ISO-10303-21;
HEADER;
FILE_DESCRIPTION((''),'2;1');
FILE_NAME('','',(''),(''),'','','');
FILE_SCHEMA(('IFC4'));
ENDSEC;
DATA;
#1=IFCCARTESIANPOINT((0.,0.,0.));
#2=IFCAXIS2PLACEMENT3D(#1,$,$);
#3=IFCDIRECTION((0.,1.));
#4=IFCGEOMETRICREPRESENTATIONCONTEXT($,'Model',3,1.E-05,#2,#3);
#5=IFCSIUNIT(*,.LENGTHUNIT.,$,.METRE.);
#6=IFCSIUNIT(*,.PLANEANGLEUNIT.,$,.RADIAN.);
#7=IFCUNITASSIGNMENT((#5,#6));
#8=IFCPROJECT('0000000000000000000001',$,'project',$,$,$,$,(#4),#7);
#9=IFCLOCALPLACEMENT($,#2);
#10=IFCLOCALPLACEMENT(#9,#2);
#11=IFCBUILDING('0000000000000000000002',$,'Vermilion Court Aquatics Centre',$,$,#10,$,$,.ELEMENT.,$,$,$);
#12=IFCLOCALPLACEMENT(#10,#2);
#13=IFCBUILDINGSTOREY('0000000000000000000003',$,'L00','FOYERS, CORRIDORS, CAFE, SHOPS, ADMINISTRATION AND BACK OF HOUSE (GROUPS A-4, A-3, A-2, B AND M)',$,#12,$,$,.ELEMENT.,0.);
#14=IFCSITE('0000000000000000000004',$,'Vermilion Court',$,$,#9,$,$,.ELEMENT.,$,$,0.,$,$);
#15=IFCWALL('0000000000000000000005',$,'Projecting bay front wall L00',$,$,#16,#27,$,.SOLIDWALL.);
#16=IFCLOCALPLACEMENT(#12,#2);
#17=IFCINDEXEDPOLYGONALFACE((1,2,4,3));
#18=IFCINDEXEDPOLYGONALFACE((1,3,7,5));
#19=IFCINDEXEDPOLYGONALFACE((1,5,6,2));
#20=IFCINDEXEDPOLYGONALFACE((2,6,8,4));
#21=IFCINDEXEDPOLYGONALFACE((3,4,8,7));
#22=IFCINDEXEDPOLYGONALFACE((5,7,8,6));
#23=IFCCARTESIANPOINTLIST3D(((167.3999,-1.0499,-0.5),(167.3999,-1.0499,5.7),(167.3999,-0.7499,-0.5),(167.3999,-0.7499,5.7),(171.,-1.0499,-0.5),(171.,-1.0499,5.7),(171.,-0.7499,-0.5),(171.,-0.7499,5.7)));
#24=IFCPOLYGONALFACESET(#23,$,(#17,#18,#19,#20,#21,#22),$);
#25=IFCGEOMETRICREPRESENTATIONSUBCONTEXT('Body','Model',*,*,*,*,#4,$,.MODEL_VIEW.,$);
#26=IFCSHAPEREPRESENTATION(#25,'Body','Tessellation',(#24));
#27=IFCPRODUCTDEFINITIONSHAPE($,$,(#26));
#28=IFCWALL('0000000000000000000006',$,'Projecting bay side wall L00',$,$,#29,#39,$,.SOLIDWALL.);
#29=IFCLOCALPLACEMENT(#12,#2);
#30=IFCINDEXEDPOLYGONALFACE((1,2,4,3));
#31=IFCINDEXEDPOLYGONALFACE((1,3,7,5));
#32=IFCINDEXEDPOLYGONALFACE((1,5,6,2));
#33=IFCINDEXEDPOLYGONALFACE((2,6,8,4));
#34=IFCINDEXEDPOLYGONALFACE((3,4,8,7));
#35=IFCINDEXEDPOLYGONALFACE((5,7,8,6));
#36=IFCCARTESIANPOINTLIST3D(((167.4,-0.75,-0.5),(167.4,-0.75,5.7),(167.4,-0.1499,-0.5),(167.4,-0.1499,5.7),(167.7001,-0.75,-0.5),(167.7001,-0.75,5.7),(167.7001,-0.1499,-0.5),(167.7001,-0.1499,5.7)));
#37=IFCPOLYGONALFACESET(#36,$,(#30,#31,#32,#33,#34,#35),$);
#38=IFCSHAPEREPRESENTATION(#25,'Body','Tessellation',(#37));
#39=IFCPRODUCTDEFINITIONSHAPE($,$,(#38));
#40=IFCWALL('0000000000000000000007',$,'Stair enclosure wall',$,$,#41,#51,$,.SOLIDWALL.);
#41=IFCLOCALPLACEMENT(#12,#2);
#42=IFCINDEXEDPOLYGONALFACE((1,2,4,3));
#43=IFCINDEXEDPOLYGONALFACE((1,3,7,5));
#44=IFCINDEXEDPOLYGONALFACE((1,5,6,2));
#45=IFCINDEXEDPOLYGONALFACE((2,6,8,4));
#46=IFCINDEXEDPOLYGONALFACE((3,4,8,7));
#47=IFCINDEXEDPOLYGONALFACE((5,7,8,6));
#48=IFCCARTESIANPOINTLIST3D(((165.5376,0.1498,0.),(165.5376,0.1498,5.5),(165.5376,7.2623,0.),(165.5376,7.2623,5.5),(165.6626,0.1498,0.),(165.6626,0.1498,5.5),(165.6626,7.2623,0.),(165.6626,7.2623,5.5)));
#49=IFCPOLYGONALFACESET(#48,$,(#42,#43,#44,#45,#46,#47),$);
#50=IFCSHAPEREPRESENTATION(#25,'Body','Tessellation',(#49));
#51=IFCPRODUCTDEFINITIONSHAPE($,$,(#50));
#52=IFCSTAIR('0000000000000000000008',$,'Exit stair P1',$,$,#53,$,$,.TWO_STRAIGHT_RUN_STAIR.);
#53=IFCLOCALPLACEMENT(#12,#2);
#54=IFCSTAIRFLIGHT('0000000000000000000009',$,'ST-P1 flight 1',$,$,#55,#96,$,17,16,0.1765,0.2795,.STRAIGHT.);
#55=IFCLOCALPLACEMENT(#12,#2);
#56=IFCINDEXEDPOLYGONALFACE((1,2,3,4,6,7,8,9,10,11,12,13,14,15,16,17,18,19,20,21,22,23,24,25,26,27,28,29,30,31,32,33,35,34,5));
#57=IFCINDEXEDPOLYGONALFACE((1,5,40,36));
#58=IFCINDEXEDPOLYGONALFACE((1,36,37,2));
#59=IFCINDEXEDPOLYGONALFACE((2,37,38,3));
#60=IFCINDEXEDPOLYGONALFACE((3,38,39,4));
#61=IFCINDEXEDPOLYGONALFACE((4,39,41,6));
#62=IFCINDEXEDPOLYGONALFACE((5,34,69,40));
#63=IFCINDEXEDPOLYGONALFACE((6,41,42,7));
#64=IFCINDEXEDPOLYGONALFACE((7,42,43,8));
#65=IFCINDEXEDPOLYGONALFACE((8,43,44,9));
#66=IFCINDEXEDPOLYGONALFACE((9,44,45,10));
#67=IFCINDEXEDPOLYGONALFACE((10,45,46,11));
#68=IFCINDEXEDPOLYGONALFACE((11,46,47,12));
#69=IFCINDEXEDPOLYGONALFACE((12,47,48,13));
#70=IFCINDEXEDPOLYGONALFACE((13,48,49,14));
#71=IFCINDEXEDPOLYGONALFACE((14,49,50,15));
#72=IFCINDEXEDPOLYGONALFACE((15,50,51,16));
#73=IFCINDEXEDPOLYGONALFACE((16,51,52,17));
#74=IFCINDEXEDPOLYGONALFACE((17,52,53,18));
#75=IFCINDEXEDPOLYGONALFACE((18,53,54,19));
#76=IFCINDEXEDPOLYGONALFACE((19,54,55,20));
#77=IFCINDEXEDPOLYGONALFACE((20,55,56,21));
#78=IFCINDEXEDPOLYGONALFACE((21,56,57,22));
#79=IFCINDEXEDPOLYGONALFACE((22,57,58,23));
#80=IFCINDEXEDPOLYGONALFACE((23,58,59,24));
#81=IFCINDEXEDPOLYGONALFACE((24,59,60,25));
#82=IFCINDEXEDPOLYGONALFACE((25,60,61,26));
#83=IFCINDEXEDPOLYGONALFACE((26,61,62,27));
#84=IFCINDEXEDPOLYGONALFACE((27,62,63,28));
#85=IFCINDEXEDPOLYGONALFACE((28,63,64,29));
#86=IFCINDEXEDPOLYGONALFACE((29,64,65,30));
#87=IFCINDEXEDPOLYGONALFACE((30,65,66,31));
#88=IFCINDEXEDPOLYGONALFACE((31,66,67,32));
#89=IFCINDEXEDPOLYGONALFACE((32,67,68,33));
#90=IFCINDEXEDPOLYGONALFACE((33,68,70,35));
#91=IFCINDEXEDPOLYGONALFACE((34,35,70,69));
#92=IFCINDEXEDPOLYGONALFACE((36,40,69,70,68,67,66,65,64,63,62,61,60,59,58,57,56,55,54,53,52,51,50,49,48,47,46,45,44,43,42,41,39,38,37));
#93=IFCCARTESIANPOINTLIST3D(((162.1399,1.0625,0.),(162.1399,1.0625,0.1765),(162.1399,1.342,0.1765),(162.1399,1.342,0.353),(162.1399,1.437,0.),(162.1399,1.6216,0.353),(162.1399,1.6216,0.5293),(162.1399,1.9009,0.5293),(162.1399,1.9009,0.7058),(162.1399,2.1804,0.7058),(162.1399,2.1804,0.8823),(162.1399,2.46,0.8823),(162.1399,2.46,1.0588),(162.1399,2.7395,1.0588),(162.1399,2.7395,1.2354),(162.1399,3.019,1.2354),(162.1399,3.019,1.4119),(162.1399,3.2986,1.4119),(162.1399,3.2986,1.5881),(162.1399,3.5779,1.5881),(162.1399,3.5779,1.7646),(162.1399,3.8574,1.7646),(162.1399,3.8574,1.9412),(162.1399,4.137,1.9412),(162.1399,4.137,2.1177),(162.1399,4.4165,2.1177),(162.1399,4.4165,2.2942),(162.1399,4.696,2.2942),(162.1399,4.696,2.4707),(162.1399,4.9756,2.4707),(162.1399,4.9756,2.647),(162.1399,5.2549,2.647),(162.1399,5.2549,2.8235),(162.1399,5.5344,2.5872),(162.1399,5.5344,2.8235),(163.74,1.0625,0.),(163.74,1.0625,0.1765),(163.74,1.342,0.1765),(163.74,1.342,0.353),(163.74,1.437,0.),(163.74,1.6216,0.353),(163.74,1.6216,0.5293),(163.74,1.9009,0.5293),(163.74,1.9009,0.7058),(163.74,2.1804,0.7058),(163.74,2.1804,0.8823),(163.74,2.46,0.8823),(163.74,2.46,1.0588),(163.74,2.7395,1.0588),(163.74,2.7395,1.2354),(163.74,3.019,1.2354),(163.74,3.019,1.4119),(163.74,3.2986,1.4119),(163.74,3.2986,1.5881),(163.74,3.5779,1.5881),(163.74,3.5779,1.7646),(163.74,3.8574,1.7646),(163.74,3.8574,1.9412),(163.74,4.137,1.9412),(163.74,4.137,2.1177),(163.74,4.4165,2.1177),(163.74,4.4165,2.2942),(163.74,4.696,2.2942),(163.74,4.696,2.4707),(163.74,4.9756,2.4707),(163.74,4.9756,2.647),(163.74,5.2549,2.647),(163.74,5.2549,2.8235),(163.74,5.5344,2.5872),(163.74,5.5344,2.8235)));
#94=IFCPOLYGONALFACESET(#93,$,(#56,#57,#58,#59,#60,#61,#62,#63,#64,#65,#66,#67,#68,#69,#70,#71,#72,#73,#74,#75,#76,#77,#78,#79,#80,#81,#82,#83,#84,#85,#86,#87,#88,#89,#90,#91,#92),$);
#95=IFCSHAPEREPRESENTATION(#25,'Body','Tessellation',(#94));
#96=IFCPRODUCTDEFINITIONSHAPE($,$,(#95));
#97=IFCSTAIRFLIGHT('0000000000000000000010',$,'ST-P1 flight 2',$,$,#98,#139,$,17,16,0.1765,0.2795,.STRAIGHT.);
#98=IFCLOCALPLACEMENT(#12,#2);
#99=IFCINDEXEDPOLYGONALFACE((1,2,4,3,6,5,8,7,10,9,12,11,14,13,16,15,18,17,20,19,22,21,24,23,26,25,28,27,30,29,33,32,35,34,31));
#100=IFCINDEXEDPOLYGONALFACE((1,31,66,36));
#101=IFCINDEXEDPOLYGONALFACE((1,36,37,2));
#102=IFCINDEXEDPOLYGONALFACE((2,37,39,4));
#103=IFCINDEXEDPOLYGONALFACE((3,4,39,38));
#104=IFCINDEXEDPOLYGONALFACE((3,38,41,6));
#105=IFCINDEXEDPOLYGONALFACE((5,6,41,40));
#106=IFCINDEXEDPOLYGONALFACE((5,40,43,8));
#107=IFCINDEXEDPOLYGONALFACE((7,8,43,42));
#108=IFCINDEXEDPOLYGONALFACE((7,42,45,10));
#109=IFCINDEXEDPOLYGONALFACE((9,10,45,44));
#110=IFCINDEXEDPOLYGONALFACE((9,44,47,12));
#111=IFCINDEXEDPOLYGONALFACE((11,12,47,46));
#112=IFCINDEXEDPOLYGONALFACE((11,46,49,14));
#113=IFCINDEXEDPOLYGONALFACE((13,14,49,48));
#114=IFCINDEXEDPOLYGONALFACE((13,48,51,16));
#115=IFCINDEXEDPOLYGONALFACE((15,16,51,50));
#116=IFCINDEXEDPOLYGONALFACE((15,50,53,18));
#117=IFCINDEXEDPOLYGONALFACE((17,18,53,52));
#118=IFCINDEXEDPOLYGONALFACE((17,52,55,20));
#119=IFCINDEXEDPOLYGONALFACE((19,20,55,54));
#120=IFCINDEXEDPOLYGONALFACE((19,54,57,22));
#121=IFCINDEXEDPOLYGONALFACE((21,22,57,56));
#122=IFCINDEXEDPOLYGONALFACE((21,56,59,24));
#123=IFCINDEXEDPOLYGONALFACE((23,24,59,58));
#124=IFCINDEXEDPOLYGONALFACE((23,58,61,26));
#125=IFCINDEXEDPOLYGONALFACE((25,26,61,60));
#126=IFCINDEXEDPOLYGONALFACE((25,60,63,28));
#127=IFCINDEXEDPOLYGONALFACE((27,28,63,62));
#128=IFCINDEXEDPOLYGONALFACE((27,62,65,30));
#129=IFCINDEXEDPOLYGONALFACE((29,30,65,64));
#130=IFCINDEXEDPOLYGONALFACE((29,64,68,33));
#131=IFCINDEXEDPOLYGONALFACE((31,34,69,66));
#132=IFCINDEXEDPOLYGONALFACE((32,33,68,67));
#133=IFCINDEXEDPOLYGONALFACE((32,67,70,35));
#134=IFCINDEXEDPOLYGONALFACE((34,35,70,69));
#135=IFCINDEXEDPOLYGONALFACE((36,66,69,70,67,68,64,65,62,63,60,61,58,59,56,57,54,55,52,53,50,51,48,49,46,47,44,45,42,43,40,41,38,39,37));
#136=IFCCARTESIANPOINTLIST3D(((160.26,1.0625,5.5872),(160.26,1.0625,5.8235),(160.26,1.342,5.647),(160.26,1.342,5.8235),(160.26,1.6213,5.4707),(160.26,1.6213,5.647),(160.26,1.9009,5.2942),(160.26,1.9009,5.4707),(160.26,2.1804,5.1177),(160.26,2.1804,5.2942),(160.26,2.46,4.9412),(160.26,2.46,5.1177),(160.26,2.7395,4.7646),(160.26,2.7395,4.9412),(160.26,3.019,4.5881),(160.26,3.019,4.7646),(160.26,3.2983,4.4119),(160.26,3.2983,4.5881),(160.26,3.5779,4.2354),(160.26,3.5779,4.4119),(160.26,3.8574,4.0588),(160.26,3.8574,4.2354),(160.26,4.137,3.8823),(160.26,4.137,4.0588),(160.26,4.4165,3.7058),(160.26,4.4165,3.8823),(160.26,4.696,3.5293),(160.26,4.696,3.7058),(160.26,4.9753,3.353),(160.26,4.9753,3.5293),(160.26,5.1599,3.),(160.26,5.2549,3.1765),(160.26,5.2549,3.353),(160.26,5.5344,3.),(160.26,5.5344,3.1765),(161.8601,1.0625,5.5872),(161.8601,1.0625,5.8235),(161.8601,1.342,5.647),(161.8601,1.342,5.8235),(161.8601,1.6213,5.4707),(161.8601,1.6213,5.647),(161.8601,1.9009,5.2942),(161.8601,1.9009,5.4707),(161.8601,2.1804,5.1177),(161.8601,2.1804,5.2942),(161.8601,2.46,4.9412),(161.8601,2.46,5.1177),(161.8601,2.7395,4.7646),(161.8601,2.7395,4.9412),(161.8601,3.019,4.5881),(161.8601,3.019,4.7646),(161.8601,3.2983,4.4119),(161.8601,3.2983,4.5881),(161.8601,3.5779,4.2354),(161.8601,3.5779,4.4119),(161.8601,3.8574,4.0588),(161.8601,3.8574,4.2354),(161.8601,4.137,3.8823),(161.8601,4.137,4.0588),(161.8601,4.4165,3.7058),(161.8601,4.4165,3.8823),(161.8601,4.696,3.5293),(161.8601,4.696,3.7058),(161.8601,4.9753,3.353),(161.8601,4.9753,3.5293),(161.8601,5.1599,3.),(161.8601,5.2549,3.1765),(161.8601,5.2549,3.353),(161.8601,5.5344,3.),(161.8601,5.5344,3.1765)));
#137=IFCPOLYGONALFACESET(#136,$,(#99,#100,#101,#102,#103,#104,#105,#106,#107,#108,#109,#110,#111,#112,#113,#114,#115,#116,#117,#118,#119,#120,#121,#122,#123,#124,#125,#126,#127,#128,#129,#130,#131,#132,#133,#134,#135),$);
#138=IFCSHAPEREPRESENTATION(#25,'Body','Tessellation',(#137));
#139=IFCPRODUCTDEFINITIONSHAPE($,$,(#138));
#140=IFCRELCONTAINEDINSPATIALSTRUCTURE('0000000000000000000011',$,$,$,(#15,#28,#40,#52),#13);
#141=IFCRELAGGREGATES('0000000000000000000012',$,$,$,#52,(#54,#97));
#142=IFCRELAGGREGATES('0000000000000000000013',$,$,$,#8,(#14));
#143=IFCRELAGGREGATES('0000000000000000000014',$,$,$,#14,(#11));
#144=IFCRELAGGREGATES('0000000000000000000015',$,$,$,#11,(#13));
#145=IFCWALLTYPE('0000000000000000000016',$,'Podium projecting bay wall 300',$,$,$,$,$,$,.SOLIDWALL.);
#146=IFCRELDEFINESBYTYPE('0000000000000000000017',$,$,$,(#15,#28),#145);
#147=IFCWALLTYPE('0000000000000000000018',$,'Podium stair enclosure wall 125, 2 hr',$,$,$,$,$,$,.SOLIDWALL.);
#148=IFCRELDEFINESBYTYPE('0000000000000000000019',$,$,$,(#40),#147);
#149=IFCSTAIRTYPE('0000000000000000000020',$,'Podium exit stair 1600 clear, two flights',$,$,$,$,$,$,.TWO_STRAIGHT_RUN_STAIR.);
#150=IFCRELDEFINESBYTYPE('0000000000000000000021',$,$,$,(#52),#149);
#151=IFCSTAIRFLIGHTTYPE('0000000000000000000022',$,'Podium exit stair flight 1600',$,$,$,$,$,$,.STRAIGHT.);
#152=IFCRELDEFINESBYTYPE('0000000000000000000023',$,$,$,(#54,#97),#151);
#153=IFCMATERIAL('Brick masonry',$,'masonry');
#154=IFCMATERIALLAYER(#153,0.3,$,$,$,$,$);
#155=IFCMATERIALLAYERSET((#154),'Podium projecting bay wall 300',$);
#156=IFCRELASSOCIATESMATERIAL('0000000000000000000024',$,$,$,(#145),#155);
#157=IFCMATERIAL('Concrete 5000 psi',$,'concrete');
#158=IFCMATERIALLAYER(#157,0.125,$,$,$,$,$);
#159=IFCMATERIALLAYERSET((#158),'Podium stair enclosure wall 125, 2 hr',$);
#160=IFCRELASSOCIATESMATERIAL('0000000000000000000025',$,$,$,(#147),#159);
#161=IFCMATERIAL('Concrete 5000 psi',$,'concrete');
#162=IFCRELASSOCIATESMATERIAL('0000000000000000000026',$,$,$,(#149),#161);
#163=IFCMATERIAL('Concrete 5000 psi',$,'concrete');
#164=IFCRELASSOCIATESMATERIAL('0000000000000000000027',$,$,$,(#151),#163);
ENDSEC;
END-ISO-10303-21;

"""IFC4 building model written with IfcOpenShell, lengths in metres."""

from ifc_helpers import new_model, si_unit, direction, frame, frame_2d, origin, place, context, subcontext, project, spatial, polyline, rectangle, outline, extrude, material, layer, layer_set, type_object, element, aggregate, save


model = new_model("IFC4")

# Units and contexts
model_context = context("Model", 3, precision=1e-05, world=origin(), true_north=direction((0.0, 1.0)))
body_context = subcontext(model_context, "Body", "Model", "MODEL_VIEW")
ifc_project = project(units=[si_unit("LENGTHUNIT", "METRE"), si_unit("PLANEANGLEUNIT", "RADIAN")], contexts=[model_context])

# Site, building, storey
site_placement = place(None, origin())
site = spatial("IfcSite", under=ifc_project, at=site_placement, Name="Vermilion Court", CompositionType="ELEMENT", RefElevation=0.0)
building_placement = place(site_placement, origin())
building = spatial("IfcBuilding", under=site, at=building_placement, Name="Vermilion Court Aquatics Centre", CompositionType="ELEMENT")
storey_placement = place(building_placement, origin())
storey = spatial("IfcBuildingStorey", under=building, at=storey_placement, Name="L00", Description="FOYERS, CORRIDORS, CAFE, SHOPS, ADMINISTRATION AND BACK OF HOUSE (GROUPS A-4, A-3, A-2, B AND M)", CompositionType="ELEMENT", Elevation=0.0)

# Walls
ifc_material_1 = material(Name="Brick masonry", Category="masonry")
ifc_layer_1 = layer(ifc_material_1, 0.3)
ifc_layer_set_1 = layer_set([ifc_layer_1], Name="Podium projecting bay wall 300")
wall_type_1 = type_object("IfcWallType", Name="Podium projecting bay wall 300", PredefinedType="SOLIDWALL", material=ifc_layer_set_1)
wall_1_placement = place(storey_placement, frame((167.3999, -0.8999, -0.5), z_axis=(0.0, 0.0, 1.0), x_axis=(1.0, 0.0, 0.0)))
element("IfcWall", 1, at=wall_1_placement, inside=storey, type_object=wall_type_1, Name="Projecting bay front wall L00", PredefinedType="SOLIDWALL", context=body_context, shape_type="SweptSolid", body=[
    extrude(rectangle(XDim=3.6001, YDim=0.3, at=frame_2d((1.8, 0.0))), origin(), (0.0, 0.0, 1.0), 6.2),
])
wall_2_placement = place(storey_placement, frame((167.55, -0.75, -0.5), z_axis=(0.0, 0.0, 1.0), x_axis=(0.0, 1.0, 0.0)))
element("IfcWall", 2, at=wall_2_placement, inside=storey, type_object=wall_type_1, Name="Projecting bay side wall L00", PredefinedType="SOLIDWALL", context=body_context, shape_type="SweptSolid", body=[
    extrude(rectangle(XDim=0.6001, YDim=0.3, at=frame_2d((0.3, 0.0))), origin(), (0.0, 0.0, 1.0), 6.2),
])
ifc_material_2 = material(Name="Concrete 5000 psi", Category="concrete")
ifc_layer_2 = layer(ifc_material_2, 0.125)
ifc_layer_set_2 = layer_set([ifc_layer_2], Name="Podium stair enclosure wall 125, 2 hr")
wall_type_2 = type_object("IfcWallType", Name="Podium stair enclosure wall 125, 2 hr", PredefinedType="SOLIDWALL", material=ifc_layer_set_2)
wall_3_placement = place(storey_placement, frame((165.6001, 0.1499, 0.0), z_axis=(0.0, 0.0, 1.0), x_axis=(0.0, 1.0, 0.0)))
element("IfcWall", 3, at=wall_3_placement, inside=storey, type_object=wall_type_2, Name="Stair enclosure wall", PredefinedType="SOLIDWALL", context=body_context, shape_type="SweptSolid", body=[
    extrude(rectangle(XDim=7.1125, YDim=0.125, at=frame_2d((3.5562, 0.0))), origin(), (0.0, 0.0, 1.0), 5.5),
])

# Stair, stair flights
ifc_material_3 = material(Name="Concrete 5000 psi", Category="concrete")
stair_type = type_object("IfcStairType", Name="Podium exit stair 1600 clear, two flights", PredefinedType="TWO_STRAIGHT_RUN_STAIR", material=ifc_material_3)
stair_placement = place(storey_placement, origin())
stair = element("IfcStair", 4, at=stair_placement, inside=storey, type_object=stair_type, Name="Exit stair P1", PredefinedType="TWO_STRAIGHT_RUN_STAIR")
ifc_material_4 = material(Name="Concrete 5000 psi", Category="concrete")
stair_flight_type = type_object("IfcStairFlightType", Name="Podium exit stair flight 1600", PredefinedType="STRAIGHT", material=ifc_material_4)
stair_flight_1_placement = place(storey_placement, frame((162.9399, 1.0625, 0.0), z_axis=(0.0, 0.0, 1.0), x_axis=(0.0, 1.0, 0.0)))
stair_flight_1 = element("IfcStairFlight", 5, at=stair_flight_1_placement, type_object=stair_flight_type, Name="ST-P1 flight 1", NumberOfRisers=17, NumberOfTreads=16, PredefinedType="STRAIGHT", RiserHeight=0.1765, TreadLength=0.2795, context=body_context, shape_type="SweptSolid", body=[
    extrude(outline(polyline([(0.0, 0.0), (0.0, 0.1765), (0.2795, 0.1765), (0.2795, 0.353), (0.5591, 0.353), (0.5591, 0.5293), (0.8384, 0.5293), (0.8384, 0.7058), (1.1179, 0.7058), (1.1179, 0.8823), (1.3975, 0.8823), (1.3975, 1.0588), (1.677, 1.0588), (1.677, 1.2354), (1.9565, 1.2354), (1.9565, 1.4119), (2.2361, 1.4119), (2.2361, 1.5881), (2.5154, 1.5881), (2.5154, 1.7646), (2.7949, 1.7646), (2.7949, 1.9412), (3.0745, 1.9412), (3.0745, 2.1177), (3.354, 2.1177), (3.354, 2.2942), (3.6335, 2.2942), (3.6335, 2.4707), (3.9131, 2.4707), (3.9131, 2.647), (4.1924, 2.647), (4.1924, 2.8235), (4.4719, 2.8235), (4.4719, 3.0), (4.4719, 2.5872), (0.3745, 0.0), (0.0, 0.0)])), frame((0.0, 0.8, 0.0), z_axis=(0.0, -1.0, 0.0), x_axis=(1.0, 0.0, 0.0)), (0.0, 0.0, 1.0), 1.6001),
])
stair_flight_2_placement = place(storey_placement, frame((161.0601, 5.5344, 3.0), z_axis=(0.0, 0.0, 1.0), x_axis=(0.0, -1.0, 0.0)))
stair_flight_2 = element("IfcStairFlight", 6, at=stair_flight_2_placement, type_object=stair_flight_type, Name="ST-P1 flight 2", NumberOfRisers=17, NumberOfTreads=16, PredefinedType="STRAIGHT", RiserHeight=0.1765, TreadLength=0.2795, context=body_context, shape_type="SweptSolid", body=[
    extrude(outline(polyline([(0.0, 0.0), (0.0, 0.1765), (0.2795, 0.1765), (0.2795, 0.353), (0.5591, 0.353), (0.5591, 0.5293), (0.8384, 0.5293), (0.8384, 0.7058), (1.1179, 0.7058), (1.1179, 0.8823), (1.3975, 0.8823), (1.3975, 1.0588), (1.677, 1.0588), (1.677, 1.2354), (1.9565, 1.2354), (1.9565, 1.4119), (2.2361, 1.4119), (2.2361, 1.5881), (2.5154, 1.5881), (2.5154, 1.7646), (2.7949, 1.7646), (2.7949, 1.9412), (3.0745, 1.9412), (3.0745, 2.1177), (3.354, 2.1177), (3.354, 2.2942), (3.6335, 2.2942), (3.6335, 2.4707), (3.9131, 2.4707), (3.9131, 2.647), (4.1924, 2.647), (4.1924, 2.8235), (4.4719, 2.8235), (4.4719, 3.0), (4.4719, 2.5872), (0.3745, 0.0), (0.0, 0.0)])), frame((0.0, 0.8, 0.0), z_axis=(0.0, -1.0, 0.0), x_axis=(1.0, 0.0, 0.0)), (0.0, 0.0, 1.0), 1.6001),
])
aggregate(stair, [stair_flight_1, stair_flight_2])

save(model, "model.ifc")
